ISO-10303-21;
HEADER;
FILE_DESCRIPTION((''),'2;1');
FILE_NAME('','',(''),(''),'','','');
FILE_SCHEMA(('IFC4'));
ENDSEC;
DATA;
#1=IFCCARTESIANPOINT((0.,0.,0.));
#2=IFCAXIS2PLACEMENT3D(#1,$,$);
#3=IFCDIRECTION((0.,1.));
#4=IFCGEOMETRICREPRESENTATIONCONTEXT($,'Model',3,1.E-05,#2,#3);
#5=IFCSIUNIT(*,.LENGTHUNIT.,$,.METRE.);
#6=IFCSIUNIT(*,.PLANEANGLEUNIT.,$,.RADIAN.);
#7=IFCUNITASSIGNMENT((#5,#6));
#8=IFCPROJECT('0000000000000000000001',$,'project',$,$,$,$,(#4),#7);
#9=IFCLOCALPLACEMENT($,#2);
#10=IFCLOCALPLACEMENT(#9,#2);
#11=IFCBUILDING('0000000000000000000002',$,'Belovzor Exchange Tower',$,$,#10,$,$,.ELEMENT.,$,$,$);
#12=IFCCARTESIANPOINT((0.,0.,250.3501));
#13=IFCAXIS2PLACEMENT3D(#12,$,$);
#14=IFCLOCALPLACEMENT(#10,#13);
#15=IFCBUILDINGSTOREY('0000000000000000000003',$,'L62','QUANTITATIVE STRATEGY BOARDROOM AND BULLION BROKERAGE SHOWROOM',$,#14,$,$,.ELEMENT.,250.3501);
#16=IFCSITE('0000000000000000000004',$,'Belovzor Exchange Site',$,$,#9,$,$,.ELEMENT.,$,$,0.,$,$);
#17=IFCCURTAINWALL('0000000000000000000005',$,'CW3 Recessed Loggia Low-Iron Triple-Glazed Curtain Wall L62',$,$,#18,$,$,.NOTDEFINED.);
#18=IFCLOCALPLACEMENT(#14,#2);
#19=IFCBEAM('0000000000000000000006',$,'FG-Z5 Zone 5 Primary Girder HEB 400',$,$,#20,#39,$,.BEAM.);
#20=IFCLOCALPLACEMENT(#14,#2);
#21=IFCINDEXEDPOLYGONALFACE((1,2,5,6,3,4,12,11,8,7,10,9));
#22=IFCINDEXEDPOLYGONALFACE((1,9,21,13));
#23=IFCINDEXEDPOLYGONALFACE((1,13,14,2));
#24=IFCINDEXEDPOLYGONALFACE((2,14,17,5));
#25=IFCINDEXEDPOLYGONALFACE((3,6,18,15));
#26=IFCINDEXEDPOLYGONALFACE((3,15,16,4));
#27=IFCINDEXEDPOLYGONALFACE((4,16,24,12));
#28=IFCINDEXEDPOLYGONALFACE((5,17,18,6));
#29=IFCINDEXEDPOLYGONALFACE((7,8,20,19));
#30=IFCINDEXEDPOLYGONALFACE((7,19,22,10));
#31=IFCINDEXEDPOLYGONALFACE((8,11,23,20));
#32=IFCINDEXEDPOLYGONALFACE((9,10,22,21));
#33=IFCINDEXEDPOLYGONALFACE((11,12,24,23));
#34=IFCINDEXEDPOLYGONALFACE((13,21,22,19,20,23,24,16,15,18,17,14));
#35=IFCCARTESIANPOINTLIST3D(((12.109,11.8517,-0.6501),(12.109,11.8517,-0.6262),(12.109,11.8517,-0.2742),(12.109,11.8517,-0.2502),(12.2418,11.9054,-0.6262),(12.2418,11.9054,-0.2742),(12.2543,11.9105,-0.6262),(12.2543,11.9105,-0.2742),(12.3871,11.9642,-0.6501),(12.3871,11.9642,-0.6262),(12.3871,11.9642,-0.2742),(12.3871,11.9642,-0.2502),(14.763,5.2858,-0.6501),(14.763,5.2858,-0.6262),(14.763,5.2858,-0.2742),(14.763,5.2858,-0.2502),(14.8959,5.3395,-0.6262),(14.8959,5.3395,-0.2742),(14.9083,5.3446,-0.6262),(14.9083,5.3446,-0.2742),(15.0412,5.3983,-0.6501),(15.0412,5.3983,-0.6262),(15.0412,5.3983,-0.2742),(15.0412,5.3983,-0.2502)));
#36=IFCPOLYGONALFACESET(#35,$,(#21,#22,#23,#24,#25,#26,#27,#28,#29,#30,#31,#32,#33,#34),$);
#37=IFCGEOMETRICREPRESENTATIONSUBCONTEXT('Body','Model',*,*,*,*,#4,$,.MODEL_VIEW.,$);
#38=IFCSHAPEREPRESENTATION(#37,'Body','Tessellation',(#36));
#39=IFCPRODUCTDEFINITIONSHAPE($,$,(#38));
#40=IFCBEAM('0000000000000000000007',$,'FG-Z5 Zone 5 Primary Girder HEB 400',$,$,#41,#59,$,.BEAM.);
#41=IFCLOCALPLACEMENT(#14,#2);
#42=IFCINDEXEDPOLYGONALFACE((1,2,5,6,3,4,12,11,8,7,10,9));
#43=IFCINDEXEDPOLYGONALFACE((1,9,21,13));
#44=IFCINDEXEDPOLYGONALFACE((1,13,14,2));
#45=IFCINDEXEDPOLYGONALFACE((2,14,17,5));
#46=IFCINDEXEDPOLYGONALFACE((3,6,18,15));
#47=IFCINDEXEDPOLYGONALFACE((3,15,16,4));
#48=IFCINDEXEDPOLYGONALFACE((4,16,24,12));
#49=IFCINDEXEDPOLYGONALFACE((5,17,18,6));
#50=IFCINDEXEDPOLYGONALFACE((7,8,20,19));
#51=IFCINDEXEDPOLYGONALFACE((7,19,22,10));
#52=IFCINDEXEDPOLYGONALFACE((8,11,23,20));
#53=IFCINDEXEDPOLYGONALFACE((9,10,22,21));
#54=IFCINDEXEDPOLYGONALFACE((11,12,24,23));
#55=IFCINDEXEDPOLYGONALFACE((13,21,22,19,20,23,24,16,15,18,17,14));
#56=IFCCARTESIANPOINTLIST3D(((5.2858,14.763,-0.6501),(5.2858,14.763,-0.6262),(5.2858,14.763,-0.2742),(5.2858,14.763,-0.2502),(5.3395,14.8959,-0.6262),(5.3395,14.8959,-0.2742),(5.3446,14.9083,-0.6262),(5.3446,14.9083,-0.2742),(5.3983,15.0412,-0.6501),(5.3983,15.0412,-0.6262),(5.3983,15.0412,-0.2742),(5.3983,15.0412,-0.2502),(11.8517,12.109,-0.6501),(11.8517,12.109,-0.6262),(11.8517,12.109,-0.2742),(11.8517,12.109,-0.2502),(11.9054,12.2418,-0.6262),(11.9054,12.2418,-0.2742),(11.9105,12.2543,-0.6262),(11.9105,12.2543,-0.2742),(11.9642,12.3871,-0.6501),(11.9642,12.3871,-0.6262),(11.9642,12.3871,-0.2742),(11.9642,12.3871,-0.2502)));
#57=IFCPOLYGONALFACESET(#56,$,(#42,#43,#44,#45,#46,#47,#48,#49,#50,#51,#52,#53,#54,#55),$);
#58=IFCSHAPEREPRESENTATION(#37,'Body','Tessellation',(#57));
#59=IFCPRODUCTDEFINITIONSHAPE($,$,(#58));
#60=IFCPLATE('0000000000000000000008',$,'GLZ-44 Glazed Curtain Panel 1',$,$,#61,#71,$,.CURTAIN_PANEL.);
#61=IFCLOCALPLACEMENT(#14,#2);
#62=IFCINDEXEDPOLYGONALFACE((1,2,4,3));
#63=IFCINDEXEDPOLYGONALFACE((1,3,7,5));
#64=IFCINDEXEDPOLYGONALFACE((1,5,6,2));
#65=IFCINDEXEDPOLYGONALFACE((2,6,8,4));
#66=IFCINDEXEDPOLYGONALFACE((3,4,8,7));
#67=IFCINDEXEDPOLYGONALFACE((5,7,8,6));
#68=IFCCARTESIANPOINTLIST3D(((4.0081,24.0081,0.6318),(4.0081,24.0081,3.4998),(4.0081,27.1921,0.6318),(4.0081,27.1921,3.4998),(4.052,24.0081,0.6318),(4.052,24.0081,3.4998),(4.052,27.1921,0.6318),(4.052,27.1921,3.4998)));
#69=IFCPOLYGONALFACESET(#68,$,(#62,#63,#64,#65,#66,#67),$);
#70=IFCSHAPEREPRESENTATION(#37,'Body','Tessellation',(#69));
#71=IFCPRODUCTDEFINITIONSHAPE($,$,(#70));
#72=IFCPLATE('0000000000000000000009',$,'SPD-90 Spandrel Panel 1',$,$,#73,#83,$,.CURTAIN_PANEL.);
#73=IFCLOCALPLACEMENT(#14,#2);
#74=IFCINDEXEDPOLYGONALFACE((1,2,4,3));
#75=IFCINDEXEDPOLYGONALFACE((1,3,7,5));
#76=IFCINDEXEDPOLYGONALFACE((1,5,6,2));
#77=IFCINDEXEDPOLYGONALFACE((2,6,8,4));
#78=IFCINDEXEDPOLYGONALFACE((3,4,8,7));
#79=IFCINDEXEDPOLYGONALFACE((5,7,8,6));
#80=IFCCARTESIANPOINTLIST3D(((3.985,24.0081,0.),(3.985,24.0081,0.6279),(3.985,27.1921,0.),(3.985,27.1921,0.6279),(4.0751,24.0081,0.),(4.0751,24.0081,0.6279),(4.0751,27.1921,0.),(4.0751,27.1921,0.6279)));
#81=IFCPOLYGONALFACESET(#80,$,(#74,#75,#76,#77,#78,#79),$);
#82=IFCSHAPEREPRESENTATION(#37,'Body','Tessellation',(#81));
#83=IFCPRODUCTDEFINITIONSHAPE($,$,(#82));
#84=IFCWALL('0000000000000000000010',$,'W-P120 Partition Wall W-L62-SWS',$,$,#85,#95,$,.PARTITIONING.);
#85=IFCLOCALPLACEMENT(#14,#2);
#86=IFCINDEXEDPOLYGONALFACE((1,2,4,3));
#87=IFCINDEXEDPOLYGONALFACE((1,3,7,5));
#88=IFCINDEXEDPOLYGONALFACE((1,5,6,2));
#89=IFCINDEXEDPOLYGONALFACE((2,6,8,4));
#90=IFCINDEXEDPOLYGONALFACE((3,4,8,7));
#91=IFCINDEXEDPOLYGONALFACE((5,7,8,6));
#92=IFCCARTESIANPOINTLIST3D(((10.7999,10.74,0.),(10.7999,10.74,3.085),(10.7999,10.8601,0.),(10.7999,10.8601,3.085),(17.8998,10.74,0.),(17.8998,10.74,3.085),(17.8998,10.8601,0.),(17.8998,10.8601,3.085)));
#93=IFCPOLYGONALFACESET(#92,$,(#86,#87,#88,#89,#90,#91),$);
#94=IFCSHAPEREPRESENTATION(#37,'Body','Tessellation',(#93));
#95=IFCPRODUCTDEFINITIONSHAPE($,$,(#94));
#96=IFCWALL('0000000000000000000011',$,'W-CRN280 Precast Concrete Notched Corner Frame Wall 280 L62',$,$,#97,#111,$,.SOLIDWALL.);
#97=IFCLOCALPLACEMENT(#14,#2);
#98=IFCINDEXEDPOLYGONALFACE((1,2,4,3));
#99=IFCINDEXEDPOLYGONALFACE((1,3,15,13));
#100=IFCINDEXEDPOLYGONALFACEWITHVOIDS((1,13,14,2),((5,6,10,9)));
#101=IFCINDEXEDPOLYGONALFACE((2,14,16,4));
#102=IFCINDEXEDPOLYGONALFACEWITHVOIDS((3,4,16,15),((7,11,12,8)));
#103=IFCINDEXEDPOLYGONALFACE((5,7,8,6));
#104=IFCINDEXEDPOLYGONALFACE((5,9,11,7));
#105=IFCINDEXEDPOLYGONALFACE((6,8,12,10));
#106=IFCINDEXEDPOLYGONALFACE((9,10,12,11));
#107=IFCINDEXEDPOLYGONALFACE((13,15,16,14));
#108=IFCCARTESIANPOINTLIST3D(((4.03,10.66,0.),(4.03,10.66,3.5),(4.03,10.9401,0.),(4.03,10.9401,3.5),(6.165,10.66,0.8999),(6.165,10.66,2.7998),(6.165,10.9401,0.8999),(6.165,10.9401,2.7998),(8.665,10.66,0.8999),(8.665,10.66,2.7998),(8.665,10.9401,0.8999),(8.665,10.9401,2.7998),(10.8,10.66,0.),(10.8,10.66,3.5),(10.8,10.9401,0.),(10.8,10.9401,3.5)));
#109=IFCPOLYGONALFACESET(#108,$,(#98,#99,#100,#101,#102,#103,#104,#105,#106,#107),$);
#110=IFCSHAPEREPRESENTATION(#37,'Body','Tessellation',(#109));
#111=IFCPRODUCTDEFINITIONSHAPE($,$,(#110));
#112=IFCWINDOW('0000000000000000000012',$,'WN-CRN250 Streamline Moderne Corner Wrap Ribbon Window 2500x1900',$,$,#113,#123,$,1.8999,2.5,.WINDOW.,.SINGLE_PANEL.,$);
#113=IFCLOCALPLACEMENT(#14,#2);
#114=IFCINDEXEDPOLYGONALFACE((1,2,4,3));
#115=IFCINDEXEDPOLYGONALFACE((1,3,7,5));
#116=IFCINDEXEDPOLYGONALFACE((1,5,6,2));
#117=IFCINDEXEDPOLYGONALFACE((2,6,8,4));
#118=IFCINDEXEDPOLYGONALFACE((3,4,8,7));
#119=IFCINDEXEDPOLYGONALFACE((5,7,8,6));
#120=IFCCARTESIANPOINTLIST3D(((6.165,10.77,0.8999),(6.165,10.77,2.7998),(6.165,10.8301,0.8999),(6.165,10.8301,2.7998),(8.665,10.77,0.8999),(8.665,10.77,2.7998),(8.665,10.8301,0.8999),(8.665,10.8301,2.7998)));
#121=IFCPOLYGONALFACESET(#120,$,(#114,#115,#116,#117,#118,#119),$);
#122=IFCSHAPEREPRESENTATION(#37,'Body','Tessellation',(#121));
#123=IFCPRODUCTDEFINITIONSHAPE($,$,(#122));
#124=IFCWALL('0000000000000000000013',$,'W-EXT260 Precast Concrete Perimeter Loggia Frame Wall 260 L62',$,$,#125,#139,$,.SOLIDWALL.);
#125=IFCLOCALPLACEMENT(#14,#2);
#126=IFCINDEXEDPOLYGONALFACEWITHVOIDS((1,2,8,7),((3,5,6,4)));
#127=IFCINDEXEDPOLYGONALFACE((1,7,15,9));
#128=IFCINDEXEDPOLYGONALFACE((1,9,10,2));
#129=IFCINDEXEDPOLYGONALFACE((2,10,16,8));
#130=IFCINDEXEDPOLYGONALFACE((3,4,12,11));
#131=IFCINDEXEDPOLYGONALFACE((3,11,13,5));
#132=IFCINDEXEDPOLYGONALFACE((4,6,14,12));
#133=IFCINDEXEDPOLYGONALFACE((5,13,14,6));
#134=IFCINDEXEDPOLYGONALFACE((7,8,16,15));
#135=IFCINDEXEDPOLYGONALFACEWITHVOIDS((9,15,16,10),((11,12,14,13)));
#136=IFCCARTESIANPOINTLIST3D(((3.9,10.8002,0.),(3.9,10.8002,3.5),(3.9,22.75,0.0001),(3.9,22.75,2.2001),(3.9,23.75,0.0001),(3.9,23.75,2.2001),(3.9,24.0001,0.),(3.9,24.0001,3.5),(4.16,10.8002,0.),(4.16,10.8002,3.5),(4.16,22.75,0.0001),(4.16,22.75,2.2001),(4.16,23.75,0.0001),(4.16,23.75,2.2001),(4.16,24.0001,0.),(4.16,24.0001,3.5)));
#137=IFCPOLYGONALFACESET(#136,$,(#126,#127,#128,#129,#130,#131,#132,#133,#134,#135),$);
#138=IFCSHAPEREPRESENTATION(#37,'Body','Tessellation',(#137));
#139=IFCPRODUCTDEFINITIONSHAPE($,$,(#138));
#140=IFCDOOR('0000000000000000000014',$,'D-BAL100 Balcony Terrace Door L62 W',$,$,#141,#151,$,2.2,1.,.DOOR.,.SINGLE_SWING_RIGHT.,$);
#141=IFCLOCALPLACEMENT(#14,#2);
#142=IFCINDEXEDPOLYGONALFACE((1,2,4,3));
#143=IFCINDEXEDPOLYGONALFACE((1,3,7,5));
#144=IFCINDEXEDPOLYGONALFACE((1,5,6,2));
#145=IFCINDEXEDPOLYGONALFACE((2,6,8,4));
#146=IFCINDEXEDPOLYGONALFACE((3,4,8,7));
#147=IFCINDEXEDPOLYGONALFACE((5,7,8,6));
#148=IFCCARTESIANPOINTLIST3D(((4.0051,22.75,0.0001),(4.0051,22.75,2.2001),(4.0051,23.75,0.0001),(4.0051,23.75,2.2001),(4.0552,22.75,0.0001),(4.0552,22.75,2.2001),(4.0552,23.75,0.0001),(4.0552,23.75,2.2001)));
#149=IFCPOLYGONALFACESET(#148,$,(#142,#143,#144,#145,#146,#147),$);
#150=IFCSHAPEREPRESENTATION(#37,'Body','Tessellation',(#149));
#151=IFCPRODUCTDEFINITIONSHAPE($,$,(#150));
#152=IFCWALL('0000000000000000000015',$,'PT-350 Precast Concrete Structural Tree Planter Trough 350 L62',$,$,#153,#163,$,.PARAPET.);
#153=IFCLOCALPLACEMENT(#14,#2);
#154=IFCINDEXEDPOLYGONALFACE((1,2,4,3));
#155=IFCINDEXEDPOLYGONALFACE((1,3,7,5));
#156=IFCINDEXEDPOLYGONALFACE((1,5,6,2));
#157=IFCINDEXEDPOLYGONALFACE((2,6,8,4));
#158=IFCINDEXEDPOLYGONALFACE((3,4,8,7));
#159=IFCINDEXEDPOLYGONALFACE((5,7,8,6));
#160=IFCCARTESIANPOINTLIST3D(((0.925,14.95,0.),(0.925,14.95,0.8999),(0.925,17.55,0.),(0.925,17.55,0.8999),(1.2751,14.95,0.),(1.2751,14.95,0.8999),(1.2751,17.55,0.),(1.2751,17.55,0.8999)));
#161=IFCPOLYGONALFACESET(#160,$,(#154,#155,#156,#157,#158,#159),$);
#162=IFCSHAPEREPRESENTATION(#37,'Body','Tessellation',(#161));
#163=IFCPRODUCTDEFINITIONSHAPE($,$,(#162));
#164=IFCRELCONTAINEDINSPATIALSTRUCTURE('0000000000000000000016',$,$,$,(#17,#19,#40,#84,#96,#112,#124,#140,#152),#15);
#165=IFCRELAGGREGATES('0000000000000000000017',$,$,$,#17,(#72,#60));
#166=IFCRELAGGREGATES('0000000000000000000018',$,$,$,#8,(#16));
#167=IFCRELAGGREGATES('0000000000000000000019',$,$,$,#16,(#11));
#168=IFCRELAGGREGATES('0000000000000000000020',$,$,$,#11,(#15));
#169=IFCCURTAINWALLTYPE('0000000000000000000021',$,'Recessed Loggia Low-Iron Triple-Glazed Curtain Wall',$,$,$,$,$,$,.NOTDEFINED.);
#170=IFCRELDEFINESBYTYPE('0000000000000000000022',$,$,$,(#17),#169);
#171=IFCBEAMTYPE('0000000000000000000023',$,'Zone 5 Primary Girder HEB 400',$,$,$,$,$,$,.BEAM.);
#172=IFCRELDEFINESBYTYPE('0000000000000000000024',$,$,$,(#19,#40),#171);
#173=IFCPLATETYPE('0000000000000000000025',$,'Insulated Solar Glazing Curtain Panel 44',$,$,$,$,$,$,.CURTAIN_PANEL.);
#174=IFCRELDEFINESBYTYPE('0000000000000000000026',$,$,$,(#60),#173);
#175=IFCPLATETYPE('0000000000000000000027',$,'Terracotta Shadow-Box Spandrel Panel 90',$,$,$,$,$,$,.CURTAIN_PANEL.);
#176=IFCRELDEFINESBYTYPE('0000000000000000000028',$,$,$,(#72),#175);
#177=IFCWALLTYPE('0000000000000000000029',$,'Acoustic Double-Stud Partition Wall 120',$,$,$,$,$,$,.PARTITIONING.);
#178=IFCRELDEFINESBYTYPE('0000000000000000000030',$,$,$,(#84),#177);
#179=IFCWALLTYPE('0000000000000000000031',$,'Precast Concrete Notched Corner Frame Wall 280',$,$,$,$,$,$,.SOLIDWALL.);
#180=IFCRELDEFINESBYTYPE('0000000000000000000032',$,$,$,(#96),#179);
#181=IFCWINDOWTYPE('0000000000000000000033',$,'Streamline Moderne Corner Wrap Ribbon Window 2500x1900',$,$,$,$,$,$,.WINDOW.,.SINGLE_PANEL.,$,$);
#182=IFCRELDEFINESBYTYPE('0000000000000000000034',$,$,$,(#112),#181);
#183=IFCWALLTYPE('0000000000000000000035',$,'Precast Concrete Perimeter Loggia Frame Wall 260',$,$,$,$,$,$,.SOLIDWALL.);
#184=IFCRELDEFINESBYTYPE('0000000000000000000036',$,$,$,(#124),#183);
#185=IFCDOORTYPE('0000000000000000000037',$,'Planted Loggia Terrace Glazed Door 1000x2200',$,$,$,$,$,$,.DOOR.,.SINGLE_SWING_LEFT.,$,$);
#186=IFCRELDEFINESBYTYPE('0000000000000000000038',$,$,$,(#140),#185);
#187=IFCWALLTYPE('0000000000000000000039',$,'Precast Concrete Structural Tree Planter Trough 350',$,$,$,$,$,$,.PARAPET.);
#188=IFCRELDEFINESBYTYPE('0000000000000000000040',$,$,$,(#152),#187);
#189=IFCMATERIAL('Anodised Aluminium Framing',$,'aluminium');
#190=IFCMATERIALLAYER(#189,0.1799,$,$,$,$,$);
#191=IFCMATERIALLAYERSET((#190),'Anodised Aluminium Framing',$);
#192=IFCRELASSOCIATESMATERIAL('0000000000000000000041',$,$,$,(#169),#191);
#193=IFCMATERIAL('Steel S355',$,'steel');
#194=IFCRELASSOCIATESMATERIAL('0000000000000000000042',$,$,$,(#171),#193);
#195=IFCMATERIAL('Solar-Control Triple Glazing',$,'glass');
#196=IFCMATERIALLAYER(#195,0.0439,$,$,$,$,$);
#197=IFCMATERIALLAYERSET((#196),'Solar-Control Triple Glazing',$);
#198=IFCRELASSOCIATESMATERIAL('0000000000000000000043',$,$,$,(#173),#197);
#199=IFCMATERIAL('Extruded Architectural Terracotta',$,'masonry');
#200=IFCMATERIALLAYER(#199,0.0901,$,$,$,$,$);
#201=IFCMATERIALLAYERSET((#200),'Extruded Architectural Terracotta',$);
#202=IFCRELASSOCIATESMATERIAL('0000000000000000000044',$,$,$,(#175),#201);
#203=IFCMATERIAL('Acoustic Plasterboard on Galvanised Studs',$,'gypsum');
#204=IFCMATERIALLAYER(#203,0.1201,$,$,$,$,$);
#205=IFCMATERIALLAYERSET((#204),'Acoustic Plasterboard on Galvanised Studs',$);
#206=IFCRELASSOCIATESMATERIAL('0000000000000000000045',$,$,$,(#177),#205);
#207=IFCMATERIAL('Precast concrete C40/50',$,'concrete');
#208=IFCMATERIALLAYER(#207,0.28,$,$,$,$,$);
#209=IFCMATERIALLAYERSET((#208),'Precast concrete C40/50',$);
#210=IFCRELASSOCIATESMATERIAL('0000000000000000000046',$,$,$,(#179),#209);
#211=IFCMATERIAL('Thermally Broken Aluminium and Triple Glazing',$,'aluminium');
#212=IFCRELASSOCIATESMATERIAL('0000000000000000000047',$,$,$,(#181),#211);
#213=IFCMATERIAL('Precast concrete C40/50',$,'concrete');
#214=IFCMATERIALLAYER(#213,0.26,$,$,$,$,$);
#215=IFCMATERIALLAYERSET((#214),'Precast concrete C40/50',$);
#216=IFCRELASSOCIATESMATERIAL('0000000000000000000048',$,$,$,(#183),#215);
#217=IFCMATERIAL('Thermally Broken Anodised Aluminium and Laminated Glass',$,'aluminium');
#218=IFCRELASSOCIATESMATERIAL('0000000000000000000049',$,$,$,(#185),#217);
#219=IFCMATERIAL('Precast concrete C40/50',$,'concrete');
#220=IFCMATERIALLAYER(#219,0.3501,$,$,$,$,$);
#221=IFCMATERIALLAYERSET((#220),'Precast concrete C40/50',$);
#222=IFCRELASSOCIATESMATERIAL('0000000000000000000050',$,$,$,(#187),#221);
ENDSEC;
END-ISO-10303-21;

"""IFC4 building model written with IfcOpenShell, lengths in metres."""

from ifc_helpers import new_model, si_unit, direction, frame, frame_2d, origin, origin_2d, place, context, subcontext, project, spatial, rectangle, i_section, extrude, material, layer, layer_set, material_profile, profile_set, type_object, element, fill, aggregate, save


model = new_model("IFC4")

# Units and contexts
model_context = context("Model", 3, precision=1e-05, world=origin(), true_north=direction((0.0, 1.0)))
body_context = subcontext(model_context, "Body", "Model", "MODEL_VIEW")
ifc_project = project(units=[si_unit("LENGTHUNIT", "METRE"), si_unit("PLANEANGLEUNIT", "RADIAN")], contexts=[model_context])

# Site, building, storey
site_placement = place(None, origin())
site = spatial("IfcSite", under=ifc_project, at=site_placement, Name="Belovzor Exchange Site", CompositionType="ELEMENT", RefElevation=0.0)
building_placement = place(site_placement, origin())
building = spatial("IfcBuilding", under=site, at=building_placement, Name="Belovzor Exchange Tower", CompositionType="ELEMENT")
storey_placement = place(building_placement, frame((0.0, 0.0, 250.3501)))
storey = spatial("IfcBuildingStorey", under=building, at=storey_placement, Name="L62", Description="QUANTITATIVE STRATEGY BOARDROOM AND BULLION BROKERAGE SHOWROOM", CompositionType="ELEMENT", Elevation=250.3501)

# Curtain wall
ifc_material_1 = material(Name="Anodised Aluminium Framing", Category="aluminium")
ifc_layer_1 = layer(ifc_material_1, 0.1799)
ifc_layer_set_1 = layer_set([ifc_layer_1], Name="Anodised Aluminium Framing")
curtain_wall_type = type_object("IfcCurtainWallType", Name="Recessed Loggia Low-Iron Triple-Glazed Curtain Wall", PredefinedType="NOTDEFINED", material=ifc_layer_set_1)
curtain_wall_placement = place(storey_placement, origin())
curtain_wall = element("IfcCurtainWall", 1, at=curtain_wall_placement, inside=storey, type_object=curtain_wall_type, Name="CW3 Recessed Loggia Low-Iron Triple-Glazed Curtain Wall L62", PredefinedType="NOTDEFINED")

# Beams
ifc_material_2 = material(Name="Steel S355", Category="steel")
ifc_material_profile_1 = material_profile(ifc_material_2, i_section(OverallWidth=0.3, OverallDepth=0.3999, WebThickness=0.0134, FlangeThickness=0.0239, at=origin_2d()))
ifc_profile_set_1 = profile_set([ifc_material_profile_1], Name="Steel S355")
beam_type_1 = type_object("IfcBeamType", Name="Zone 5 Primary Girder HEB 400", PredefinedType="BEAM", material=ifc_profile_set_1)
for number, where, z_axis, x_axis, name in (
    (2, (12.248, 11.908, -0.4502), (0.374758, -0.927123, 0.0), (0.927123, 0.374758, 0.0), "FG-Z5 Zone 5 Primary Girder HEB 400"),
    (3, (5.342, 14.9021, -0.4502), (0.927123, -0.374758, 0.0), (0.374758, 0.927123, 0.0), "FG-Z5 Zone 5 Primary Girder HEB 400"),
):
    element("IfcBeam", number, at=place(storey_placement, frame(where, z_axis=z_axis, x_axis=x_axis)), inside=storey, type_object=beam_type_1, Name=name, PredefinedType="BEAM", context=body_context, shape_type="SweptSolid", body=[
        extrude(i_section(OverallWidth=0.3, OverallDepth=0.3999, WebThickness=0.0134, FlangeThickness=0.0239, at=origin_2d()), origin(), (0.0, 0.0, 1.0), 7.082),
    ])

# Plates
ifc_material_3 = material(Name="Solar-Control Triple Glazing", Category="glass")
ifc_layer_2 = layer(ifc_material_3, 0.0439)
ifc_layer_set_2 = layer_set([ifc_layer_2], Name="Solar-Control Triple Glazing")
plate_type_1 = type_object("IfcPlateType", Name="Insulated Solar Glazing Curtain Panel 44", PredefinedType="CURTAIN_PANEL", material=ifc_layer_set_2)
plate_1_placement = place(storey_placement, frame((4.03, 25.6001, 0.6318), z_axis=(0.0, 0.0, 1.0), x_axis=(0.0, 1.0, 0.0)))
plate_1 = element("IfcPlate", 4, at=plate_1_placement, type_object=plate_type_1, Name="GLZ-44 Glazed Curtain Panel 1", PredefinedType="CURTAIN_PANEL", context=body_context, shape_type="SweptSolid", body=[
    extrude(rectangle(XDim=3.1841, YDim=0.0439, at=origin_2d()), origin(), (0.0, 0.0, 1.0), 2.8679),
])
ifc_material_4 = material(Name="Extruded Architectural Terracotta", Category="masonry")
ifc_layer_3 = layer(ifc_material_4, 0.0901)
ifc_layer_set_3 = layer_set([ifc_layer_3], Name="Extruded Architectural Terracotta")
plate_type_2 = type_object("IfcPlateType", Name="Terracotta Shadow-Box Spandrel Panel 90", PredefinedType="CURTAIN_PANEL", material=ifc_layer_set_3)
plate_2_placement = place(storey_placement, frame((4.03, 25.6001, 0.0), z_axis=(0.0, 0.0, 1.0), x_axis=(0.0, 1.0, 0.0)))
plate_2 = element("IfcPlate", 5, at=plate_2_placement, type_object=plate_type_2, Name="SPD-90 Spandrel Panel 1", PredefinedType="CURTAIN_PANEL", context=body_context, shape_type="SweptSolid", body=[
    extrude(rectangle(XDim=3.1841, YDim=0.0901, at=origin_2d()), origin(), (0.0, 0.0, 1.0), 0.6279),
])
aggregate(curtain_wall, [plate_2, plate_1])

# Wall
ifc_material_5 = material(Name="Acoustic Plasterboard on Galvanised Studs", Category="gypsum")
ifc_layer_4 = layer(ifc_material_5, 0.1201)
ifc_layer_set_4 = layer_set([ifc_layer_4], Name="Acoustic Plasterboard on Galvanised Studs")
wall_type_1 = type_object("IfcWallType", Name="Acoustic Double-Stud Partition Wall 120", PredefinedType="PARTITIONING", material=ifc_layer_set_4)
wall_1_placement = place(storey_placement, frame((10.8, 10.8, 0.0), z_axis=(0.0, 0.0, 1.0), x_axis=(1.0, 0.0, 0.0)))
element("IfcWall", 6, at=wall_1_placement, inside=storey, type_object=wall_type_1, Name="W-P120 Partition Wall W-L62-SWS", PredefinedType="PARTITIONING", context=body_context, shape_type="SweptSolid", body=[
    extrude(rectangle(XDim=7.0999, YDim=0.1201, at=frame_2d((3.5498, 0.0))), origin(), (0.0, 0.0, 1.0), 3.085),
])

# Wall, opening, window
ifc_material_6 = material(Name="Precast concrete C40/50", Category="concrete")
ifc_layer_5 = layer(ifc_material_6, 0.28)
ifc_layer_set_5 = layer_set([ifc_layer_5], Name="Precast concrete C40/50")
wall_type_2 = type_object("IfcWallType", Name="Precast Concrete Notched Corner Frame Wall 280", PredefinedType="SOLIDWALL", material=ifc_layer_set_5)
wall_2_placement = place(storey_placement, frame((10.8, 10.8, 0.0), z_axis=(0.0, 0.0, 1.0), x_axis=(-1.0, 0.0, 0.0)))
wall_2 = element("IfcWall", 7, at=wall_2_placement, inside=storey, type_object=wall_type_2, Name="W-CRN280 Precast Concrete Notched Corner Frame Wall 280 L62", PredefinedType="SOLIDWALL", context=body_context, shape_type="SweptSolid", body=[
    extrude(rectangle(XDim=6.77, YDim=0.28, at=frame_2d((3.385, 0.0))), origin(), (0.0, 0.0, 1.0), 3.5),
])
opening_1_placement = place(wall_2_placement, frame((2.135, 0.0, 0.8999)))
opening_1 = element("IfcOpeningElement", 8, at=opening_1_placement, cuts=wall_2, PredefinedType="OPENING", context=body_context, shape_type="SweptSolid", body=[
    extrude(rectangle(XDim=2.5, YDim=1.8999, at=frame_2d((1.25, 0.95))), frame((0.0, 0.1499, 0.0), z_axis=(0.0, -1.0, 0.0), x_axis=(1.0, 0.0, 0.0)), (0.0, 0.0, 1.0), 0.3),
])
ifc_material_7 = material(Name="Thermally Broken Aluminium and Triple Glazing", Category="aluminium")
window_type = type_object("IfcWindowType", Name="Streamline Moderne Corner Wrap Ribbon Window 2500x1900", PartitioningType="SINGLE_PANEL", PredefinedType="WINDOW", material=ifc_material_7)
window_placement = place(opening_1_placement, origin())
window = element("IfcWindow", 9, at=window_placement, inside=storey, type_object=window_type, Name="WN-CRN250 Streamline Moderne Corner Wrap Ribbon Window 2500x1900", OverallHeight=1.8999, OverallWidth=2.5, PartitioningType="SINGLE_PANEL", PredefinedType="WINDOW", context=body_context, shape_type="SweptSolid", body=[
    extrude(rectangle(XDim=2.5, YDim=1.8999, at=frame_2d((1.25, 0.95))), frame((0.0, 0.03, 0.0), z_axis=(0.0, -1.0, 0.0), x_axis=(1.0, 0.0, 0.0)), (0.0, 0.0, 1.0), 0.0601),
])
fill(opening_1, window)

# Wall, opening, door
ifc_material_8 = material(Name="Precast concrete C40/50", Category="concrete")
ifc_layer_6 = layer(ifc_material_8, 0.26)
ifc_layer_set_6 = layer_set([ifc_layer_6], Name="Precast concrete C40/50")
wall_type_3 = type_object("IfcWallType", Name="Precast Concrete Perimeter Loggia Frame Wall 260", PredefinedType="SOLIDWALL", material=ifc_layer_set_6)
wall_3_placement = place(storey_placement, frame((4.03, 10.8, 0.0), z_axis=(0.0, 0.0, 1.0), x_axis=(0.0, 1.0, 0.0)))
wall_3 = element("IfcWall", 10, at=wall_3_placement, inside=storey, type_object=wall_type_3, Name="W-EXT260 Precast Concrete Perimeter Loggia Frame Wall 260 L62", PredefinedType="SOLIDWALL", context=body_context, shape_type="SweptSolid", body=[
    extrude(rectangle(XDim=13.2, YDim=0.26, at=frame_2d((6.6001, 0.0))), origin(), (0.0, 0.0, 1.0), 3.5),
])
opening_2_placement = place(wall_3_placement, frame((11.95, 0.0, 0.0)))
opening_2 = element("IfcOpeningElement", 11, at=opening_2_placement, cuts=wall_3, PredefinedType="OPENING", context=body_context, shape_type="SweptSolid", body=[
    extrude(rectangle(XDim=1.0, YDim=2.2, at=frame_2d((0.5, 1.1001))), frame((0.0, 0.1399, 0.0), z_axis=(0.0, -1.0, 0.0), x_axis=(1.0, 0.0, 0.0)), (0.0, 0.0, 1.0), 0.28),
])
ifc_material_9 = material(Name="Thermally Broken Anodised Aluminium and Laminated Glass", Category="aluminium")
door_type = type_object("IfcDoorType", Name="Planted Loggia Terrace Glazed Door 1000x2200", OperationType="SINGLE_SWING_LEFT", PredefinedType="DOOR", material=ifc_material_9)
door_placement = place(opening_2_placement, origin())
door = element("IfcDoor", 12, at=door_placement, inside=storey, type_object=door_type, Name="D-BAL100 Balcony Terrace Door L62 W", OperationType="SINGLE_SWING_RIGHT", OverallHeight=2.2, OverallWidth=1.0, PredefinedType="DOOR", context=body_context, shape_type="SweptSolid", body=[
    extrude(rectangle(XDim=1.0, YDim=2.2, at=frame_2d((0.5, 1.1001))), frame((0.0, 0.0249, 0.0), z_axis=(0.0, -1.0, 0.0), x_axis=(1.0, 0.0, 0.0)), (0.0, 0.0, 1.0), 0.05),
])
fill(opening_2, door)

# Wall
ifc_material_10 = material(Name="Precast concrete C40/50", Category="concrete")
ifc_layer_7 = layer(ifc_material_10, 0.3501)
ifc_layer_set_7 = layer_set([ifc_layer_7], Name="Precast concrete C40/50")
wall_type_4 = type_object("IfcWallType", Name="Precast Concrete Structural Tree Planter Trough 350", PredefinedType="PARAPET", material=ifc_layer_set_7)
wall_4_placement = place(storey_placement, frame((1.1001, 14.95, 0.0), z_axis=(0.0, 0.0, 1.0), x_axis=(0.0, 1.0, 0.0)))
element("IfcWall", 13, at=wall_4_placement, inside=storey, type_object=wall_type_4, Name="PT-350 Precast Concrete Structural Tree Planter Trough 350 L62", PredefinedType="PARAPET", context=body_context, shape_type="SweptSolid", body=[
    extrude(rectangle(XDim=2.6001, YDim=0.3501, at=frame_2d((1.3, 0.0))), origin(), (0.0, 0.0, 1.0), 0.8999),
])

save(model, "model.ifc")
